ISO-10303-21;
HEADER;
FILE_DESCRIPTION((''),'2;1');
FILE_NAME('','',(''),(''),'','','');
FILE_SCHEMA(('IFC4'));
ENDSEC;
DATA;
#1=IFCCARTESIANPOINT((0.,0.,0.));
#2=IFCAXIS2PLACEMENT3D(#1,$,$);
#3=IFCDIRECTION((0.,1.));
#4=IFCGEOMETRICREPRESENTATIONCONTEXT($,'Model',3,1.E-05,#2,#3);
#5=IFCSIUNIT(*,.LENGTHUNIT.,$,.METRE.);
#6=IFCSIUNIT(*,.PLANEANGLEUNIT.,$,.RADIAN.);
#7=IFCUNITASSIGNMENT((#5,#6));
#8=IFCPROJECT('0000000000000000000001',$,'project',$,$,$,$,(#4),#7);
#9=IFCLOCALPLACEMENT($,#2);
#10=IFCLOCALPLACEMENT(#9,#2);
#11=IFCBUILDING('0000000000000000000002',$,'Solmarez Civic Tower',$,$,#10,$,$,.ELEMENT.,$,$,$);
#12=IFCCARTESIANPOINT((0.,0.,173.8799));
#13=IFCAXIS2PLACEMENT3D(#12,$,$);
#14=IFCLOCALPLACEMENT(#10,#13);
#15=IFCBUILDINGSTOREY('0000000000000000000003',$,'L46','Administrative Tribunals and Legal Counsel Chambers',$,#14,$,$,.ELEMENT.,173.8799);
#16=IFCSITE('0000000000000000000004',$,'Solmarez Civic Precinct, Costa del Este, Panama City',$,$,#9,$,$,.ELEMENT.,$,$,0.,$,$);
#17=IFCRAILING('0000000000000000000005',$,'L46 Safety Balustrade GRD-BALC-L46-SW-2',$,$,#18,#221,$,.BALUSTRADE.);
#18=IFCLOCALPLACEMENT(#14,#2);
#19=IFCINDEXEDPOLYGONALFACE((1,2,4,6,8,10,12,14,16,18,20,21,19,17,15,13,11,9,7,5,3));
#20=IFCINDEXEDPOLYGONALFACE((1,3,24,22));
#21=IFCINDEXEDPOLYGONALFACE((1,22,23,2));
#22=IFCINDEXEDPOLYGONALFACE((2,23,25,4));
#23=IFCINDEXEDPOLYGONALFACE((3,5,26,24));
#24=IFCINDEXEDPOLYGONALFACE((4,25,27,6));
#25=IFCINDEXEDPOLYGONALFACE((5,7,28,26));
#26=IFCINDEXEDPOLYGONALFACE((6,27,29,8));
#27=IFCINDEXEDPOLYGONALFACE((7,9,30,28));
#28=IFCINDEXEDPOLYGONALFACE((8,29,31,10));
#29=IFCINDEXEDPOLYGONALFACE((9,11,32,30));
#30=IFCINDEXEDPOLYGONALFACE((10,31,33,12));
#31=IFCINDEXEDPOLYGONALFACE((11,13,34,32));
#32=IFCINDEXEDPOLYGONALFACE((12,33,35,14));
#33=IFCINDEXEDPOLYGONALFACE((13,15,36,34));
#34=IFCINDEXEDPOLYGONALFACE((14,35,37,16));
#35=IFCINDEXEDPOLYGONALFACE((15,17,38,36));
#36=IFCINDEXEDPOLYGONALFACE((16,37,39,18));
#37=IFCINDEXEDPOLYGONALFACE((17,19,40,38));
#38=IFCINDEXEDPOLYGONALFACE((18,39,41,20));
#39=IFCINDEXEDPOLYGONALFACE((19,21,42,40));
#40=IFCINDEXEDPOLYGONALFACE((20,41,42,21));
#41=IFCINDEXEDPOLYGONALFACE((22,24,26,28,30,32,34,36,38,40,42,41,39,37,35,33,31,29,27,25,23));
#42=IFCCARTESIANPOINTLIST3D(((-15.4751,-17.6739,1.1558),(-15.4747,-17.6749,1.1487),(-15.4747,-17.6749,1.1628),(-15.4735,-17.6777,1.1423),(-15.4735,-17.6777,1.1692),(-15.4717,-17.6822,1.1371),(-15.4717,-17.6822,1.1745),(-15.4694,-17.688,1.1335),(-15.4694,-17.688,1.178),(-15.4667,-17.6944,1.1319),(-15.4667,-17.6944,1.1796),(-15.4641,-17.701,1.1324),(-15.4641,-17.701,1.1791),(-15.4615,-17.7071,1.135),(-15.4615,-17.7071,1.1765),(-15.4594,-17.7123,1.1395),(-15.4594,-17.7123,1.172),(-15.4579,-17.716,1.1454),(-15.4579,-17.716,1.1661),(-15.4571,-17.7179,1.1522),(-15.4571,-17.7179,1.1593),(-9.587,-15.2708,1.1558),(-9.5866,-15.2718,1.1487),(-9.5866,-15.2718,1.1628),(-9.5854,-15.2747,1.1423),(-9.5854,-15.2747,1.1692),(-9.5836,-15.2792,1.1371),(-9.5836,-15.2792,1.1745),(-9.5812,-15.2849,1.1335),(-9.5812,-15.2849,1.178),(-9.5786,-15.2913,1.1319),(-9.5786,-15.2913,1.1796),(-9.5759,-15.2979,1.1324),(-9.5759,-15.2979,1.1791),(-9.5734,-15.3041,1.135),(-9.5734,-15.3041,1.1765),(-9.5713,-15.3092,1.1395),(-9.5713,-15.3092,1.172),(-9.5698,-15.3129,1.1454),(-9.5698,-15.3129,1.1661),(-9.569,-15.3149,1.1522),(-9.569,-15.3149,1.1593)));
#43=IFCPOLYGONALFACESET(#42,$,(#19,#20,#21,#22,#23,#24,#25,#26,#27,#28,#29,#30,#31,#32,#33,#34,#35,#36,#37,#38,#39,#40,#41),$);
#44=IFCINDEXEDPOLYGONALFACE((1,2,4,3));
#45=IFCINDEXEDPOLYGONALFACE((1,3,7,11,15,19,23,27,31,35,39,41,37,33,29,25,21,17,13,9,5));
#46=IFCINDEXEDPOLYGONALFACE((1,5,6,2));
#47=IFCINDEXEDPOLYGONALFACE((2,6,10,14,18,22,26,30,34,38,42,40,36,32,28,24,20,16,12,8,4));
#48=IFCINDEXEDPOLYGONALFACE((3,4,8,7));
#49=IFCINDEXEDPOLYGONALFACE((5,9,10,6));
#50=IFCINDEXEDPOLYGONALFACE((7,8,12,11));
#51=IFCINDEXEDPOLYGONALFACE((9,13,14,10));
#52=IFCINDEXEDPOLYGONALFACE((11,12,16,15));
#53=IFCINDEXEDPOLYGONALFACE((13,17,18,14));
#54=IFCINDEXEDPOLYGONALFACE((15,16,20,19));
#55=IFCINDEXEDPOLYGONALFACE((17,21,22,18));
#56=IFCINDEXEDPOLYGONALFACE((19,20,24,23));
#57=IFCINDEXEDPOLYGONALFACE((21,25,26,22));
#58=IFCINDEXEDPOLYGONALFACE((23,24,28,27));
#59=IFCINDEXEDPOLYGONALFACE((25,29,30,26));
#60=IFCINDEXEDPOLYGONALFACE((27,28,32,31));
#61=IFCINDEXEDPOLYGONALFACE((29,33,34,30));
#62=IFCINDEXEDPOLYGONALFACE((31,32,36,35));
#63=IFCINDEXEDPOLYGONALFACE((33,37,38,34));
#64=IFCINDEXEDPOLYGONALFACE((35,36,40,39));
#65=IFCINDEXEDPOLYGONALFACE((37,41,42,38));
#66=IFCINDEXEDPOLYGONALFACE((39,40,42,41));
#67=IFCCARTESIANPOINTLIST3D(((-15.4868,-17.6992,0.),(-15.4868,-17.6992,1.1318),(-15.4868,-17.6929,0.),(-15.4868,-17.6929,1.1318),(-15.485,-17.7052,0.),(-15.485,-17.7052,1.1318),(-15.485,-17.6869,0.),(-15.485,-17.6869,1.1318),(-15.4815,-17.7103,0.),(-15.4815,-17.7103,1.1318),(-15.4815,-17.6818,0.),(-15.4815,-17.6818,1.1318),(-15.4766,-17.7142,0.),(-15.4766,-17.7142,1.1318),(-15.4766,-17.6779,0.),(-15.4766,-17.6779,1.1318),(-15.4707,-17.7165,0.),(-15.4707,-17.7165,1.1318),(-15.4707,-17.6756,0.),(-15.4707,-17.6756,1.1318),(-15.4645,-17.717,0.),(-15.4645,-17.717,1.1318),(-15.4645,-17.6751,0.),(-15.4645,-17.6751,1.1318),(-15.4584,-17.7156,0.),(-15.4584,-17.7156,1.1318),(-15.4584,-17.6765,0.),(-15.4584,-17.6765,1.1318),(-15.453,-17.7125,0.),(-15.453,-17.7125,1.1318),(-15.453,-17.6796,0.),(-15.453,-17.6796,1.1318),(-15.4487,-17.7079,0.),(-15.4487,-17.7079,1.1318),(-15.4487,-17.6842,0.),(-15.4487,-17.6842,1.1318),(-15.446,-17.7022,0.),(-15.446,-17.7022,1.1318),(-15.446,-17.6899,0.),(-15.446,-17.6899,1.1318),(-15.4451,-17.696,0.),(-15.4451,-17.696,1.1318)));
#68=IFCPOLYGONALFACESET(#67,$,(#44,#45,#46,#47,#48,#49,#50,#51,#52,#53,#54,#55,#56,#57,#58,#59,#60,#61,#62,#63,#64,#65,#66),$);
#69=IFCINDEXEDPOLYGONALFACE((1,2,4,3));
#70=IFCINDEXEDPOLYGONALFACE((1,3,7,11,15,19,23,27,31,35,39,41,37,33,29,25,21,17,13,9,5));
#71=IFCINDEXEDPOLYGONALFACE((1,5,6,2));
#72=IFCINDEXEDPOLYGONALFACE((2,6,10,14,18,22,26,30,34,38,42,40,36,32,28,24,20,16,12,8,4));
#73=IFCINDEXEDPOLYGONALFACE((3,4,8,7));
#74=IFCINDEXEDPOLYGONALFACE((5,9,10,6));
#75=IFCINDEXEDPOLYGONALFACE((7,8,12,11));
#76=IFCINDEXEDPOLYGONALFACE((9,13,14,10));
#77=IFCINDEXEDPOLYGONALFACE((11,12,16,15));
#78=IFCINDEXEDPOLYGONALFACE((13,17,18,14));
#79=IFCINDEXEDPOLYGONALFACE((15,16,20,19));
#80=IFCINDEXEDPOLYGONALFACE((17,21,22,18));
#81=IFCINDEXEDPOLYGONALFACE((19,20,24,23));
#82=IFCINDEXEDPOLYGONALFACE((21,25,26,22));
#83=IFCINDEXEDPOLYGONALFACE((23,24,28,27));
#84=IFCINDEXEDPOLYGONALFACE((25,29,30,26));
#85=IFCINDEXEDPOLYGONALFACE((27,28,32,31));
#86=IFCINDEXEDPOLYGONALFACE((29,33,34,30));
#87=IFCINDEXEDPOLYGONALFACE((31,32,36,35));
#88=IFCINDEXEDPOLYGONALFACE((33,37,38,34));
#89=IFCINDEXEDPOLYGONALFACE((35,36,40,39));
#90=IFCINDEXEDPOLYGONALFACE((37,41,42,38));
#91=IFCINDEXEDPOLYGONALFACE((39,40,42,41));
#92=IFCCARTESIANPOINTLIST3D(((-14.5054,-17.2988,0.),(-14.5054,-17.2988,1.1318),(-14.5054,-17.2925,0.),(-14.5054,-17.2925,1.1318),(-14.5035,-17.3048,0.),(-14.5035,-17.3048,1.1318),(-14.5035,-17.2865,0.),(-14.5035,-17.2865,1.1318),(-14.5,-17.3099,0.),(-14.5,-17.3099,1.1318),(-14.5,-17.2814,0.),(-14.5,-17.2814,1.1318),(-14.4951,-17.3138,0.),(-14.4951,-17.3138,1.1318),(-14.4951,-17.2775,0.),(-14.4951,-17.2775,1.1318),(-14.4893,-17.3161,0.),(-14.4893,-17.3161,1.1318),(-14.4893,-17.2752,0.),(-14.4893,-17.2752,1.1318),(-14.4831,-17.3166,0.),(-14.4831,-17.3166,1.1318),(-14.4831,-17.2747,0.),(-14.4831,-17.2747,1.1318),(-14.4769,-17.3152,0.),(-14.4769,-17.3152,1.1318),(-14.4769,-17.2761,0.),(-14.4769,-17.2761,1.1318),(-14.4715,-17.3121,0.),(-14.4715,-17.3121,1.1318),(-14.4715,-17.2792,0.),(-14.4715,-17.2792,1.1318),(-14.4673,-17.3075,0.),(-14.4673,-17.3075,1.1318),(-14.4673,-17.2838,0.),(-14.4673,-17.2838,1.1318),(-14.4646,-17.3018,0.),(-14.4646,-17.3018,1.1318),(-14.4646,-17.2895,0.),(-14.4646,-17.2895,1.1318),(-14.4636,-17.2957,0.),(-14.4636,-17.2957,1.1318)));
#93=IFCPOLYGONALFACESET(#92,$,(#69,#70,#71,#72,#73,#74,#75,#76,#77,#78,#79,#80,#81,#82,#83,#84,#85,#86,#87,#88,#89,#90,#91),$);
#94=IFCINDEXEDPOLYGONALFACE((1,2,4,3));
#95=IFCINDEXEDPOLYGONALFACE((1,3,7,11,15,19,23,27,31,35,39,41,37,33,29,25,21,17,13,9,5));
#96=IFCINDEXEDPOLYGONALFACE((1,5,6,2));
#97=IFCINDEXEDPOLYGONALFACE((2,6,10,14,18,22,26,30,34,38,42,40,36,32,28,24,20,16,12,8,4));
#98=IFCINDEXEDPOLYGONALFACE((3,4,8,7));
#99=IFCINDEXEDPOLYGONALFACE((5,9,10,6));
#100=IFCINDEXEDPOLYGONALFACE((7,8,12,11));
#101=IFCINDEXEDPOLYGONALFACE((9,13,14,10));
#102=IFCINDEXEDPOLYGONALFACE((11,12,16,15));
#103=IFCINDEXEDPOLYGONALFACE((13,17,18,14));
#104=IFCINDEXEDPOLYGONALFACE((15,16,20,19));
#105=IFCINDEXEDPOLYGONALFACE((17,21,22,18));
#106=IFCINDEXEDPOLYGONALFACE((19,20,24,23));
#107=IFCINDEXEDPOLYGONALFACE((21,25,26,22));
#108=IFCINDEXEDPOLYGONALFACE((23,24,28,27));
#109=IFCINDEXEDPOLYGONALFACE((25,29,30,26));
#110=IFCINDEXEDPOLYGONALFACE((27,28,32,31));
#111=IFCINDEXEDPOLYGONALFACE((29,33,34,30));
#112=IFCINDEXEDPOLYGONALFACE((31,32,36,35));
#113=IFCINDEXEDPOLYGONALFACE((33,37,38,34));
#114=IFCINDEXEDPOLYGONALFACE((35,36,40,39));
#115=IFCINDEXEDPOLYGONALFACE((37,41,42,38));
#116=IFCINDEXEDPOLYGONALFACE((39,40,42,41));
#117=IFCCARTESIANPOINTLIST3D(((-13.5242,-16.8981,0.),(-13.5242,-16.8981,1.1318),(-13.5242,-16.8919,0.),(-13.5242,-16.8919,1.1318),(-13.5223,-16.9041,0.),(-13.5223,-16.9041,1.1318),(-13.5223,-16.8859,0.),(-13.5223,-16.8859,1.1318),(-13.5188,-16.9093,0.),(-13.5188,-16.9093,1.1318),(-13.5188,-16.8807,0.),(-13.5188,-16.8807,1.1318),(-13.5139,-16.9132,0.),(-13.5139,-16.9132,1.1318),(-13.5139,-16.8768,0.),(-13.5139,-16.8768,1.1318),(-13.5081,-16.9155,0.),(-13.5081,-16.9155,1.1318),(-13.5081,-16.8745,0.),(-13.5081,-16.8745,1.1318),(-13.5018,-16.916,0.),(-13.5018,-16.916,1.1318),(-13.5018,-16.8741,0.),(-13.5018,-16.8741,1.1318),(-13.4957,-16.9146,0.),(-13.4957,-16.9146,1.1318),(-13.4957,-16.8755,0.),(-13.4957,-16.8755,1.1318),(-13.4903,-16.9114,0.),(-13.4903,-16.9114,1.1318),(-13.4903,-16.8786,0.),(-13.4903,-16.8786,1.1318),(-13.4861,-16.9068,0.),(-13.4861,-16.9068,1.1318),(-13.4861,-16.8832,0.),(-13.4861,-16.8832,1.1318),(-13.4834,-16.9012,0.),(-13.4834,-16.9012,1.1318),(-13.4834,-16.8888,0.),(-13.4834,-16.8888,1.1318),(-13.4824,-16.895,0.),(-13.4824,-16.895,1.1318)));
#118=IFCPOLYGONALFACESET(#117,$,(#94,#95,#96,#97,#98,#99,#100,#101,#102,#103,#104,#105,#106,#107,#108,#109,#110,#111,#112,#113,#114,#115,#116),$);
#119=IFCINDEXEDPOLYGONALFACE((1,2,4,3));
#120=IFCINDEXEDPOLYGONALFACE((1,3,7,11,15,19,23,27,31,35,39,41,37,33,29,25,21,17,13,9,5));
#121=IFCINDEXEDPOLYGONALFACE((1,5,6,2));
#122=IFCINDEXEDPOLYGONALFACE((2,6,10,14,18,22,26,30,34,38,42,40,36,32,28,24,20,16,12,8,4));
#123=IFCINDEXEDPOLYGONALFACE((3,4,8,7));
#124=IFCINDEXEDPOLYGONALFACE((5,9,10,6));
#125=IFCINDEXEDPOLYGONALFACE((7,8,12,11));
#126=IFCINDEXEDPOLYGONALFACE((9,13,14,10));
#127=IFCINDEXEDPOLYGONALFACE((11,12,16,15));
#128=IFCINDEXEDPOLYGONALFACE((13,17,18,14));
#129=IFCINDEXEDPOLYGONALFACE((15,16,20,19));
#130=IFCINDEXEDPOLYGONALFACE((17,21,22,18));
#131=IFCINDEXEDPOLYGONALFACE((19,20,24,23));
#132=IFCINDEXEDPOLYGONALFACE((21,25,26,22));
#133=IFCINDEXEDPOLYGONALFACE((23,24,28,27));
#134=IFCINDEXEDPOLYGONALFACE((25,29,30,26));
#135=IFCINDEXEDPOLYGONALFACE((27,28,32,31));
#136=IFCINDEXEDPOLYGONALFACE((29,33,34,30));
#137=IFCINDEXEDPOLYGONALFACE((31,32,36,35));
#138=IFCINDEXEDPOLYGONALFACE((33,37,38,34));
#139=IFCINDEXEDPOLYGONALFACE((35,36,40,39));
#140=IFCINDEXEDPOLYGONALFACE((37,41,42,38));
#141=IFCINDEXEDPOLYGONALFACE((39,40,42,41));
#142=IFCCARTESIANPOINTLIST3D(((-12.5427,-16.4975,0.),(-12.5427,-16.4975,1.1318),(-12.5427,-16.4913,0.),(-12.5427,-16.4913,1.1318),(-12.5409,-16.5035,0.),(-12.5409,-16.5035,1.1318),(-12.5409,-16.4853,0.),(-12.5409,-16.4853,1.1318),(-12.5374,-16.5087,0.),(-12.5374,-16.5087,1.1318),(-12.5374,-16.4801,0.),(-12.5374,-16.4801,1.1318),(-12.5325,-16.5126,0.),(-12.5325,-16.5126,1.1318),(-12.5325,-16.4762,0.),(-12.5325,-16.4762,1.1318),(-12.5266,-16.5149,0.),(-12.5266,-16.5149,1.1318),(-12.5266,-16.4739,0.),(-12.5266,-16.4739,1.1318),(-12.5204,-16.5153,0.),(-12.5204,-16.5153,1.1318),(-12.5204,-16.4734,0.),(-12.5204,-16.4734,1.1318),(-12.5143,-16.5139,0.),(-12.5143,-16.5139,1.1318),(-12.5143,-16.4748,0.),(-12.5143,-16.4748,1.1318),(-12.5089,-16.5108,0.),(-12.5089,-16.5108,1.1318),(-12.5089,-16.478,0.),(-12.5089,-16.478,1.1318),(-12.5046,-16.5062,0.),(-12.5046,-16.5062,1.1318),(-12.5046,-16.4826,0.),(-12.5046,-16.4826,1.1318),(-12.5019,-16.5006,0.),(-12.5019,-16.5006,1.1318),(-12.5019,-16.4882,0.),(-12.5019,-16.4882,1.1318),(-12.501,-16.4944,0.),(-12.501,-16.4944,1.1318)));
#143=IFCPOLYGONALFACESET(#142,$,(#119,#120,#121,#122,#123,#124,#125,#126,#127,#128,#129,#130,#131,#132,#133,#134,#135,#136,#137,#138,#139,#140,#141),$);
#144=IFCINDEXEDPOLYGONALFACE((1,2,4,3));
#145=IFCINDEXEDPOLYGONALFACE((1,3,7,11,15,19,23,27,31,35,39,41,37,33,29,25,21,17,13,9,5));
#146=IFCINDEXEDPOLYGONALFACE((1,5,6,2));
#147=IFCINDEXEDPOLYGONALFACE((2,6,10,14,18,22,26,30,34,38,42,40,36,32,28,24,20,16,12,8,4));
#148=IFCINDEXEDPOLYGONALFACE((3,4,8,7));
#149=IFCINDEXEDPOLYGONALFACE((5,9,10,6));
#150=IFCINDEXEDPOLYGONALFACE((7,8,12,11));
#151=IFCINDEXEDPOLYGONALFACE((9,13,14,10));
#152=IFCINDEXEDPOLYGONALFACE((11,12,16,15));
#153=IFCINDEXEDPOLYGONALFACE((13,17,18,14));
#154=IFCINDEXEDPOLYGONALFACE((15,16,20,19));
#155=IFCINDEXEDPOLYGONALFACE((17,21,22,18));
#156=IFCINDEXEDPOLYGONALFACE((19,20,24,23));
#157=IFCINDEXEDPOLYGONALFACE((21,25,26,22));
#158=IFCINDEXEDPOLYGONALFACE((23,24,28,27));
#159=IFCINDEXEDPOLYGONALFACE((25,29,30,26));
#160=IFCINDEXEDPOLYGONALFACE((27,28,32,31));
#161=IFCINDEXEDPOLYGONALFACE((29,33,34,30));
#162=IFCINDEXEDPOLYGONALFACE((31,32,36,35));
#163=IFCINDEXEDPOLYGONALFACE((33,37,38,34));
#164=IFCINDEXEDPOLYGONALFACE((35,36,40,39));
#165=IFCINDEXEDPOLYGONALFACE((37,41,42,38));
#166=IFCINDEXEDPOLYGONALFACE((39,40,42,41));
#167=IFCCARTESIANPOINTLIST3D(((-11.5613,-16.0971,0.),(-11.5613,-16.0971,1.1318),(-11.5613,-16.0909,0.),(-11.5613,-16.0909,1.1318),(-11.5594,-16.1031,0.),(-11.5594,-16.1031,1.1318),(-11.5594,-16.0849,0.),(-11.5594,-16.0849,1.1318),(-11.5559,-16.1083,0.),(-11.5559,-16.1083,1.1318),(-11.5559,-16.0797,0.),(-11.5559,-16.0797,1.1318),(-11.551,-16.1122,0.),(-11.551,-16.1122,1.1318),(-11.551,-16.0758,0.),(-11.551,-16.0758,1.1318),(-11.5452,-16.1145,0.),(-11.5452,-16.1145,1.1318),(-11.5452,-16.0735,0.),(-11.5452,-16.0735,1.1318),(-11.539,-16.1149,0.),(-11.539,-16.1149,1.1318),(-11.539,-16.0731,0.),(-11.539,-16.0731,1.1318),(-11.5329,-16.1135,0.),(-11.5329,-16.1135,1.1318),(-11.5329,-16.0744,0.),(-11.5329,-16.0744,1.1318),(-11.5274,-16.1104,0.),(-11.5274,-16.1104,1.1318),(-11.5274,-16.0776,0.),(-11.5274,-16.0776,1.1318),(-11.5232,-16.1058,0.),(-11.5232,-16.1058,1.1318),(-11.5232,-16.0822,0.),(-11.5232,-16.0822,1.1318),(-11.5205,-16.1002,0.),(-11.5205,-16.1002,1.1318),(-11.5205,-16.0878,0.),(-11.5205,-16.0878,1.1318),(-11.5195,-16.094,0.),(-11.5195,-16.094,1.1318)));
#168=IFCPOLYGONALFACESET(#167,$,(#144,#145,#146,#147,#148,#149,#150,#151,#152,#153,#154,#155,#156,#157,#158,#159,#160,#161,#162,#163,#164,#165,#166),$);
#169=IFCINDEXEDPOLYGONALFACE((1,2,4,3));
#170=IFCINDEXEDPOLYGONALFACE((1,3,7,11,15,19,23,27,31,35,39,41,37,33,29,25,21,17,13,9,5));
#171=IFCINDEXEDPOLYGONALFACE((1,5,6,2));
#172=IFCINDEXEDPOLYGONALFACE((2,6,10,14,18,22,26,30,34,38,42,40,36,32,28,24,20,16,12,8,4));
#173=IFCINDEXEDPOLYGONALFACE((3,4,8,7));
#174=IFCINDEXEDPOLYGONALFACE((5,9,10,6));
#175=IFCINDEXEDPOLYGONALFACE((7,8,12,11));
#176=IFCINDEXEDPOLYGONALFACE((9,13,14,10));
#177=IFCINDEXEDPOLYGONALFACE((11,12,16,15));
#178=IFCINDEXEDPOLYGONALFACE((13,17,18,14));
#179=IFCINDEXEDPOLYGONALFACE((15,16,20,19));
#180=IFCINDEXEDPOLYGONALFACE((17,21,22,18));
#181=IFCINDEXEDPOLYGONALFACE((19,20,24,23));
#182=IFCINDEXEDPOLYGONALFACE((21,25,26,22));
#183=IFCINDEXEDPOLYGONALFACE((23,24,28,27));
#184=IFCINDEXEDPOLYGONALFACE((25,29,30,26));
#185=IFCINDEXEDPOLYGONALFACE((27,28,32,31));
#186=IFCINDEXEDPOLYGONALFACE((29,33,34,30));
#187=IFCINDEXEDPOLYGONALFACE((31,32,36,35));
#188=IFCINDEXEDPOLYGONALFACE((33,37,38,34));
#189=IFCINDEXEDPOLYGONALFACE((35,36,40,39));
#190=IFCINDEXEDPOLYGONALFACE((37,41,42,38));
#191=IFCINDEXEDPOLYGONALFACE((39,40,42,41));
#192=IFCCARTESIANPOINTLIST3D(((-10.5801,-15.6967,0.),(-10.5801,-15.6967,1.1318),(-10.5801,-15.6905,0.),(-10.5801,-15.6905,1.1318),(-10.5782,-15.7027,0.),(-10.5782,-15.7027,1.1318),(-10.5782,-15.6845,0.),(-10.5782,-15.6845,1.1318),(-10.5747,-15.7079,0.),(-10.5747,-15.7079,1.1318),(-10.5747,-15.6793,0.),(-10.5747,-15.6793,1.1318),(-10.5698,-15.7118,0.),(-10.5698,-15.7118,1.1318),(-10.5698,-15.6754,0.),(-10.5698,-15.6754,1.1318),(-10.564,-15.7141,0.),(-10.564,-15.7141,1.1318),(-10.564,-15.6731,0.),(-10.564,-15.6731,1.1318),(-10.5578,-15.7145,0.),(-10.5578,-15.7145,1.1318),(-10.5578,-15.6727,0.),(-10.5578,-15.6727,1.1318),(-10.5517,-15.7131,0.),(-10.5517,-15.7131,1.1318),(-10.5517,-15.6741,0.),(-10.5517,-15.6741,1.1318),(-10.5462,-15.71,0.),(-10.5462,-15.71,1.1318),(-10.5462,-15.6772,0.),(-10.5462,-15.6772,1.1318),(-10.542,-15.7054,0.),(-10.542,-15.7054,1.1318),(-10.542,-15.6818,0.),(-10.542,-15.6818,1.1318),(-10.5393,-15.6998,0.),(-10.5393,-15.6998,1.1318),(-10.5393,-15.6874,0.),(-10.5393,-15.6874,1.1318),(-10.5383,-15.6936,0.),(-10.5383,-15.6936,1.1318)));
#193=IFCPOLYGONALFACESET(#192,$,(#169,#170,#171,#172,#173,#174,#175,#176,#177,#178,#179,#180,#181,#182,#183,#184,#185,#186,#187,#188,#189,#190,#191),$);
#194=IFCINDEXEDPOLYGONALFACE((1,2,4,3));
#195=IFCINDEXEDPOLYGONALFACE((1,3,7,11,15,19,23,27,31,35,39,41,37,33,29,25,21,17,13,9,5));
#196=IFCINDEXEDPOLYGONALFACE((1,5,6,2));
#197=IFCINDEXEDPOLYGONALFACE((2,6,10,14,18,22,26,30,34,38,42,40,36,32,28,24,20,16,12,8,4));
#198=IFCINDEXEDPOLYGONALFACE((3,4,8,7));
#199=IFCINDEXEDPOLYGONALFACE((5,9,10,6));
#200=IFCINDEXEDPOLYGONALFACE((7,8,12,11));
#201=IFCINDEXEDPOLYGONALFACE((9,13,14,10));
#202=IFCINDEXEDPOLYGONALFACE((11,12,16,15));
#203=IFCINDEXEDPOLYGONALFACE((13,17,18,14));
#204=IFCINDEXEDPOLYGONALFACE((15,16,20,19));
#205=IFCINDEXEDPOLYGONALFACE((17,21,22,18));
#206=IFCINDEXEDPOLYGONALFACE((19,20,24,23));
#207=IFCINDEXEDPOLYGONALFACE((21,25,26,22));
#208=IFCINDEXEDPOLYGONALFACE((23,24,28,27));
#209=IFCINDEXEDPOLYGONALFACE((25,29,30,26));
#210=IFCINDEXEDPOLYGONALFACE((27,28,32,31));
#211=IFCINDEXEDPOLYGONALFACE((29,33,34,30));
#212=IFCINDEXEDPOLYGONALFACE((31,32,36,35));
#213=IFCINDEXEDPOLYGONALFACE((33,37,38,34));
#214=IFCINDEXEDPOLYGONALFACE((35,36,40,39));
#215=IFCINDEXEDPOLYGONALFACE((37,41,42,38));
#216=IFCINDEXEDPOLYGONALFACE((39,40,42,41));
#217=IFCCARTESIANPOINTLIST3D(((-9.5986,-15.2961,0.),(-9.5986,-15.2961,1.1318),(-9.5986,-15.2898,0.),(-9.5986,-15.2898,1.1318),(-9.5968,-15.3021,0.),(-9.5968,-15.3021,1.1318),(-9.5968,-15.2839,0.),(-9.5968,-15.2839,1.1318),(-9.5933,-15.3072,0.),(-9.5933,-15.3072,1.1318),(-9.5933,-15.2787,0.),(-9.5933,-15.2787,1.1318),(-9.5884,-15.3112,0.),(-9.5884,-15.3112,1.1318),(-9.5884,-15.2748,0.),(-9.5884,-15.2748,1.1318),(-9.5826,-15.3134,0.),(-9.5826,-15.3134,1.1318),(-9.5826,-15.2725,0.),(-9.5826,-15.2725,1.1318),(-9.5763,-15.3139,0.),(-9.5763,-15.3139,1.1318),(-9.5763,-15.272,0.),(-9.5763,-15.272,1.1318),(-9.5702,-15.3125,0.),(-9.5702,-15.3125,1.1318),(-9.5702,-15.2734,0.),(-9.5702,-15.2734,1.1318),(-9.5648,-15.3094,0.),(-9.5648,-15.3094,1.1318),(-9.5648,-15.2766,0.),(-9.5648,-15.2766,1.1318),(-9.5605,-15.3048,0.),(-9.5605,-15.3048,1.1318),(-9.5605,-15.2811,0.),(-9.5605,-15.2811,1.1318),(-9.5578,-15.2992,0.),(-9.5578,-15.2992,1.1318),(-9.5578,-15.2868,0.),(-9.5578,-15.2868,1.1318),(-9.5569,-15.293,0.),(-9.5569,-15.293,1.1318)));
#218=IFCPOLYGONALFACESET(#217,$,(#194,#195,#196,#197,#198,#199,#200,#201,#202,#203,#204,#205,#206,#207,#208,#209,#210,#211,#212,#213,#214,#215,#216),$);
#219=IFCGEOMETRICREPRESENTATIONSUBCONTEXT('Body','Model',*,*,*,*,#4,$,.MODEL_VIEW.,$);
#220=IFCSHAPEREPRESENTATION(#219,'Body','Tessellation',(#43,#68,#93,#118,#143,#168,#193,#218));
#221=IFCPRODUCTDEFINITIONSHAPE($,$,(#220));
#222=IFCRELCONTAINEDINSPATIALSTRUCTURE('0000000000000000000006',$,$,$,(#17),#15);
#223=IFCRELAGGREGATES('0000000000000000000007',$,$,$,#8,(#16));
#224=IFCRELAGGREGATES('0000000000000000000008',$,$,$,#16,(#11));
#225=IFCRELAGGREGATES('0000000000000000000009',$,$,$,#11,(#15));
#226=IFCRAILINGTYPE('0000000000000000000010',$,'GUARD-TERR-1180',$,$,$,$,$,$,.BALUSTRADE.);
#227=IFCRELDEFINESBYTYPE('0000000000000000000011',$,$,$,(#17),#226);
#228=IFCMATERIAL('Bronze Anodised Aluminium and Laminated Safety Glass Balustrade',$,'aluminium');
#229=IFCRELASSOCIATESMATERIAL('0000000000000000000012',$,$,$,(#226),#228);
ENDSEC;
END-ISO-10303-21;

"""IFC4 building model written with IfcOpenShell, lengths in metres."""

from ifc_helpers import new_model, si_unit, direction, frame, origin, origin_2d, place, context, subcontext, project, spatial, circle, extrude, material, type_object, element, save


model = new_model("IFC4")

# Units and contexts
model_context = context("Model", 3, precision=1e-05, world=origin(), true_north=direction((0.0, 1.0)))
body_context = subcontext(model_context, "Body", "Model", "MODEL_VIEW")
ifc_project = project(units=[si_unit("LENGTHUNIT", "METRE"), si_unit("PLANEANGLEUNIT", "RADIAN")], contexts=[model_context])

# Site, building, storey
site_placement = place(None, origin())
site = spatial("IfcSite", under=ifc_project, at=site_placement, Name="Solmarez Civic Precinct, Costa del Este, Panama City", CompositionType="ELEMENT", RefElevation=0.0)
building_placement = place(site_placement, origin())
building = spatial("IfcBuilding", under=site, at=building_placement, Name="Solmarez Civic Tower", CompositionType="ELEMENT")
storey_placement = place(building_placement, frame((0.0, 0.0, 173.8799)))
storey = spatial("IfcBuildingStorey", under=building, at=storey_placement, Name="L46", Description="Administrative Tribunals and Legal Counsel Chambers", CompositionType="ELEMENT", Elevation=173.8799)

# Railing
ifc_material_1 = material(Name="Bronze Anodised Aluminium and Laminated Safety Glass Balustrade", Category="aluminium")
railing_type = type_object("IfcRailingType", Name="GUARD-TERR-1180", PredefinedType="BALUSTRADE", material=ifc_material_1)
railing_1_placement = place(storey_placement, frame((-15.4661, -17.696, 0.0)))
element("IfcRailing", 1, at=railing_1_placement, inside=storey, type_object=railing_type, Name="L46 Safety Balustrade GRD-BALC-L46-SW-2", PredefinedType="BALUSTRADE", context=body_context, shape_type="SweptSolid", body=[
    extrude(circle(Radius=0.0239, at=origin_2d()), frame((0.0, 0.0, 1.1558), z_axis=(0.925862, 0.377861, 0.0), x_axis=(-0.377861, 0.925862, 0.0)), (0.0, 0.0, 1.0), 6.3596),
    extrude(circle(Radius=0.021, at=origin_2d()), origin(), (0.0, 0.0, 1.0), 1.1318),
    extrude(circle(Radius=0.021, at=origin_2d()), frame((0.9814, 0.4004, 0.0)), (0.0, 0.0, 1.0), 1.1318),
    extrude(circle(Radius=0.021, at=origin_2d()), frame((1.9626, 0.801, 0.0)), (0.0, 0.0, 1.0), 1.1318),
    extrude(circle(Radius=0.021, at=origin_2d()), frame((2.9441, 1.2017, 0.0)), (0.0, 0.0, 1.0), 1.1318),
    extrude(circle(Radius=0.021, at=origin_2d()), frame((3.9255, 1.6021, 0.0)), (0.0, 0.0, 1.0), 1.1318),
    extrude(circle(Radius=0.021, at=origin_2d()), frame((4.9067, 2.0024, 0.0)), (0.0, 0.0, 1.0), 1.1318),
    extrude(circle(Radius=0.021, at=origin_2d()), frame((5.8882, 2.4031, 0.0)), (0.0, 0.0, 1.0), 1.1318),
])

save(model, "model.ifc")
